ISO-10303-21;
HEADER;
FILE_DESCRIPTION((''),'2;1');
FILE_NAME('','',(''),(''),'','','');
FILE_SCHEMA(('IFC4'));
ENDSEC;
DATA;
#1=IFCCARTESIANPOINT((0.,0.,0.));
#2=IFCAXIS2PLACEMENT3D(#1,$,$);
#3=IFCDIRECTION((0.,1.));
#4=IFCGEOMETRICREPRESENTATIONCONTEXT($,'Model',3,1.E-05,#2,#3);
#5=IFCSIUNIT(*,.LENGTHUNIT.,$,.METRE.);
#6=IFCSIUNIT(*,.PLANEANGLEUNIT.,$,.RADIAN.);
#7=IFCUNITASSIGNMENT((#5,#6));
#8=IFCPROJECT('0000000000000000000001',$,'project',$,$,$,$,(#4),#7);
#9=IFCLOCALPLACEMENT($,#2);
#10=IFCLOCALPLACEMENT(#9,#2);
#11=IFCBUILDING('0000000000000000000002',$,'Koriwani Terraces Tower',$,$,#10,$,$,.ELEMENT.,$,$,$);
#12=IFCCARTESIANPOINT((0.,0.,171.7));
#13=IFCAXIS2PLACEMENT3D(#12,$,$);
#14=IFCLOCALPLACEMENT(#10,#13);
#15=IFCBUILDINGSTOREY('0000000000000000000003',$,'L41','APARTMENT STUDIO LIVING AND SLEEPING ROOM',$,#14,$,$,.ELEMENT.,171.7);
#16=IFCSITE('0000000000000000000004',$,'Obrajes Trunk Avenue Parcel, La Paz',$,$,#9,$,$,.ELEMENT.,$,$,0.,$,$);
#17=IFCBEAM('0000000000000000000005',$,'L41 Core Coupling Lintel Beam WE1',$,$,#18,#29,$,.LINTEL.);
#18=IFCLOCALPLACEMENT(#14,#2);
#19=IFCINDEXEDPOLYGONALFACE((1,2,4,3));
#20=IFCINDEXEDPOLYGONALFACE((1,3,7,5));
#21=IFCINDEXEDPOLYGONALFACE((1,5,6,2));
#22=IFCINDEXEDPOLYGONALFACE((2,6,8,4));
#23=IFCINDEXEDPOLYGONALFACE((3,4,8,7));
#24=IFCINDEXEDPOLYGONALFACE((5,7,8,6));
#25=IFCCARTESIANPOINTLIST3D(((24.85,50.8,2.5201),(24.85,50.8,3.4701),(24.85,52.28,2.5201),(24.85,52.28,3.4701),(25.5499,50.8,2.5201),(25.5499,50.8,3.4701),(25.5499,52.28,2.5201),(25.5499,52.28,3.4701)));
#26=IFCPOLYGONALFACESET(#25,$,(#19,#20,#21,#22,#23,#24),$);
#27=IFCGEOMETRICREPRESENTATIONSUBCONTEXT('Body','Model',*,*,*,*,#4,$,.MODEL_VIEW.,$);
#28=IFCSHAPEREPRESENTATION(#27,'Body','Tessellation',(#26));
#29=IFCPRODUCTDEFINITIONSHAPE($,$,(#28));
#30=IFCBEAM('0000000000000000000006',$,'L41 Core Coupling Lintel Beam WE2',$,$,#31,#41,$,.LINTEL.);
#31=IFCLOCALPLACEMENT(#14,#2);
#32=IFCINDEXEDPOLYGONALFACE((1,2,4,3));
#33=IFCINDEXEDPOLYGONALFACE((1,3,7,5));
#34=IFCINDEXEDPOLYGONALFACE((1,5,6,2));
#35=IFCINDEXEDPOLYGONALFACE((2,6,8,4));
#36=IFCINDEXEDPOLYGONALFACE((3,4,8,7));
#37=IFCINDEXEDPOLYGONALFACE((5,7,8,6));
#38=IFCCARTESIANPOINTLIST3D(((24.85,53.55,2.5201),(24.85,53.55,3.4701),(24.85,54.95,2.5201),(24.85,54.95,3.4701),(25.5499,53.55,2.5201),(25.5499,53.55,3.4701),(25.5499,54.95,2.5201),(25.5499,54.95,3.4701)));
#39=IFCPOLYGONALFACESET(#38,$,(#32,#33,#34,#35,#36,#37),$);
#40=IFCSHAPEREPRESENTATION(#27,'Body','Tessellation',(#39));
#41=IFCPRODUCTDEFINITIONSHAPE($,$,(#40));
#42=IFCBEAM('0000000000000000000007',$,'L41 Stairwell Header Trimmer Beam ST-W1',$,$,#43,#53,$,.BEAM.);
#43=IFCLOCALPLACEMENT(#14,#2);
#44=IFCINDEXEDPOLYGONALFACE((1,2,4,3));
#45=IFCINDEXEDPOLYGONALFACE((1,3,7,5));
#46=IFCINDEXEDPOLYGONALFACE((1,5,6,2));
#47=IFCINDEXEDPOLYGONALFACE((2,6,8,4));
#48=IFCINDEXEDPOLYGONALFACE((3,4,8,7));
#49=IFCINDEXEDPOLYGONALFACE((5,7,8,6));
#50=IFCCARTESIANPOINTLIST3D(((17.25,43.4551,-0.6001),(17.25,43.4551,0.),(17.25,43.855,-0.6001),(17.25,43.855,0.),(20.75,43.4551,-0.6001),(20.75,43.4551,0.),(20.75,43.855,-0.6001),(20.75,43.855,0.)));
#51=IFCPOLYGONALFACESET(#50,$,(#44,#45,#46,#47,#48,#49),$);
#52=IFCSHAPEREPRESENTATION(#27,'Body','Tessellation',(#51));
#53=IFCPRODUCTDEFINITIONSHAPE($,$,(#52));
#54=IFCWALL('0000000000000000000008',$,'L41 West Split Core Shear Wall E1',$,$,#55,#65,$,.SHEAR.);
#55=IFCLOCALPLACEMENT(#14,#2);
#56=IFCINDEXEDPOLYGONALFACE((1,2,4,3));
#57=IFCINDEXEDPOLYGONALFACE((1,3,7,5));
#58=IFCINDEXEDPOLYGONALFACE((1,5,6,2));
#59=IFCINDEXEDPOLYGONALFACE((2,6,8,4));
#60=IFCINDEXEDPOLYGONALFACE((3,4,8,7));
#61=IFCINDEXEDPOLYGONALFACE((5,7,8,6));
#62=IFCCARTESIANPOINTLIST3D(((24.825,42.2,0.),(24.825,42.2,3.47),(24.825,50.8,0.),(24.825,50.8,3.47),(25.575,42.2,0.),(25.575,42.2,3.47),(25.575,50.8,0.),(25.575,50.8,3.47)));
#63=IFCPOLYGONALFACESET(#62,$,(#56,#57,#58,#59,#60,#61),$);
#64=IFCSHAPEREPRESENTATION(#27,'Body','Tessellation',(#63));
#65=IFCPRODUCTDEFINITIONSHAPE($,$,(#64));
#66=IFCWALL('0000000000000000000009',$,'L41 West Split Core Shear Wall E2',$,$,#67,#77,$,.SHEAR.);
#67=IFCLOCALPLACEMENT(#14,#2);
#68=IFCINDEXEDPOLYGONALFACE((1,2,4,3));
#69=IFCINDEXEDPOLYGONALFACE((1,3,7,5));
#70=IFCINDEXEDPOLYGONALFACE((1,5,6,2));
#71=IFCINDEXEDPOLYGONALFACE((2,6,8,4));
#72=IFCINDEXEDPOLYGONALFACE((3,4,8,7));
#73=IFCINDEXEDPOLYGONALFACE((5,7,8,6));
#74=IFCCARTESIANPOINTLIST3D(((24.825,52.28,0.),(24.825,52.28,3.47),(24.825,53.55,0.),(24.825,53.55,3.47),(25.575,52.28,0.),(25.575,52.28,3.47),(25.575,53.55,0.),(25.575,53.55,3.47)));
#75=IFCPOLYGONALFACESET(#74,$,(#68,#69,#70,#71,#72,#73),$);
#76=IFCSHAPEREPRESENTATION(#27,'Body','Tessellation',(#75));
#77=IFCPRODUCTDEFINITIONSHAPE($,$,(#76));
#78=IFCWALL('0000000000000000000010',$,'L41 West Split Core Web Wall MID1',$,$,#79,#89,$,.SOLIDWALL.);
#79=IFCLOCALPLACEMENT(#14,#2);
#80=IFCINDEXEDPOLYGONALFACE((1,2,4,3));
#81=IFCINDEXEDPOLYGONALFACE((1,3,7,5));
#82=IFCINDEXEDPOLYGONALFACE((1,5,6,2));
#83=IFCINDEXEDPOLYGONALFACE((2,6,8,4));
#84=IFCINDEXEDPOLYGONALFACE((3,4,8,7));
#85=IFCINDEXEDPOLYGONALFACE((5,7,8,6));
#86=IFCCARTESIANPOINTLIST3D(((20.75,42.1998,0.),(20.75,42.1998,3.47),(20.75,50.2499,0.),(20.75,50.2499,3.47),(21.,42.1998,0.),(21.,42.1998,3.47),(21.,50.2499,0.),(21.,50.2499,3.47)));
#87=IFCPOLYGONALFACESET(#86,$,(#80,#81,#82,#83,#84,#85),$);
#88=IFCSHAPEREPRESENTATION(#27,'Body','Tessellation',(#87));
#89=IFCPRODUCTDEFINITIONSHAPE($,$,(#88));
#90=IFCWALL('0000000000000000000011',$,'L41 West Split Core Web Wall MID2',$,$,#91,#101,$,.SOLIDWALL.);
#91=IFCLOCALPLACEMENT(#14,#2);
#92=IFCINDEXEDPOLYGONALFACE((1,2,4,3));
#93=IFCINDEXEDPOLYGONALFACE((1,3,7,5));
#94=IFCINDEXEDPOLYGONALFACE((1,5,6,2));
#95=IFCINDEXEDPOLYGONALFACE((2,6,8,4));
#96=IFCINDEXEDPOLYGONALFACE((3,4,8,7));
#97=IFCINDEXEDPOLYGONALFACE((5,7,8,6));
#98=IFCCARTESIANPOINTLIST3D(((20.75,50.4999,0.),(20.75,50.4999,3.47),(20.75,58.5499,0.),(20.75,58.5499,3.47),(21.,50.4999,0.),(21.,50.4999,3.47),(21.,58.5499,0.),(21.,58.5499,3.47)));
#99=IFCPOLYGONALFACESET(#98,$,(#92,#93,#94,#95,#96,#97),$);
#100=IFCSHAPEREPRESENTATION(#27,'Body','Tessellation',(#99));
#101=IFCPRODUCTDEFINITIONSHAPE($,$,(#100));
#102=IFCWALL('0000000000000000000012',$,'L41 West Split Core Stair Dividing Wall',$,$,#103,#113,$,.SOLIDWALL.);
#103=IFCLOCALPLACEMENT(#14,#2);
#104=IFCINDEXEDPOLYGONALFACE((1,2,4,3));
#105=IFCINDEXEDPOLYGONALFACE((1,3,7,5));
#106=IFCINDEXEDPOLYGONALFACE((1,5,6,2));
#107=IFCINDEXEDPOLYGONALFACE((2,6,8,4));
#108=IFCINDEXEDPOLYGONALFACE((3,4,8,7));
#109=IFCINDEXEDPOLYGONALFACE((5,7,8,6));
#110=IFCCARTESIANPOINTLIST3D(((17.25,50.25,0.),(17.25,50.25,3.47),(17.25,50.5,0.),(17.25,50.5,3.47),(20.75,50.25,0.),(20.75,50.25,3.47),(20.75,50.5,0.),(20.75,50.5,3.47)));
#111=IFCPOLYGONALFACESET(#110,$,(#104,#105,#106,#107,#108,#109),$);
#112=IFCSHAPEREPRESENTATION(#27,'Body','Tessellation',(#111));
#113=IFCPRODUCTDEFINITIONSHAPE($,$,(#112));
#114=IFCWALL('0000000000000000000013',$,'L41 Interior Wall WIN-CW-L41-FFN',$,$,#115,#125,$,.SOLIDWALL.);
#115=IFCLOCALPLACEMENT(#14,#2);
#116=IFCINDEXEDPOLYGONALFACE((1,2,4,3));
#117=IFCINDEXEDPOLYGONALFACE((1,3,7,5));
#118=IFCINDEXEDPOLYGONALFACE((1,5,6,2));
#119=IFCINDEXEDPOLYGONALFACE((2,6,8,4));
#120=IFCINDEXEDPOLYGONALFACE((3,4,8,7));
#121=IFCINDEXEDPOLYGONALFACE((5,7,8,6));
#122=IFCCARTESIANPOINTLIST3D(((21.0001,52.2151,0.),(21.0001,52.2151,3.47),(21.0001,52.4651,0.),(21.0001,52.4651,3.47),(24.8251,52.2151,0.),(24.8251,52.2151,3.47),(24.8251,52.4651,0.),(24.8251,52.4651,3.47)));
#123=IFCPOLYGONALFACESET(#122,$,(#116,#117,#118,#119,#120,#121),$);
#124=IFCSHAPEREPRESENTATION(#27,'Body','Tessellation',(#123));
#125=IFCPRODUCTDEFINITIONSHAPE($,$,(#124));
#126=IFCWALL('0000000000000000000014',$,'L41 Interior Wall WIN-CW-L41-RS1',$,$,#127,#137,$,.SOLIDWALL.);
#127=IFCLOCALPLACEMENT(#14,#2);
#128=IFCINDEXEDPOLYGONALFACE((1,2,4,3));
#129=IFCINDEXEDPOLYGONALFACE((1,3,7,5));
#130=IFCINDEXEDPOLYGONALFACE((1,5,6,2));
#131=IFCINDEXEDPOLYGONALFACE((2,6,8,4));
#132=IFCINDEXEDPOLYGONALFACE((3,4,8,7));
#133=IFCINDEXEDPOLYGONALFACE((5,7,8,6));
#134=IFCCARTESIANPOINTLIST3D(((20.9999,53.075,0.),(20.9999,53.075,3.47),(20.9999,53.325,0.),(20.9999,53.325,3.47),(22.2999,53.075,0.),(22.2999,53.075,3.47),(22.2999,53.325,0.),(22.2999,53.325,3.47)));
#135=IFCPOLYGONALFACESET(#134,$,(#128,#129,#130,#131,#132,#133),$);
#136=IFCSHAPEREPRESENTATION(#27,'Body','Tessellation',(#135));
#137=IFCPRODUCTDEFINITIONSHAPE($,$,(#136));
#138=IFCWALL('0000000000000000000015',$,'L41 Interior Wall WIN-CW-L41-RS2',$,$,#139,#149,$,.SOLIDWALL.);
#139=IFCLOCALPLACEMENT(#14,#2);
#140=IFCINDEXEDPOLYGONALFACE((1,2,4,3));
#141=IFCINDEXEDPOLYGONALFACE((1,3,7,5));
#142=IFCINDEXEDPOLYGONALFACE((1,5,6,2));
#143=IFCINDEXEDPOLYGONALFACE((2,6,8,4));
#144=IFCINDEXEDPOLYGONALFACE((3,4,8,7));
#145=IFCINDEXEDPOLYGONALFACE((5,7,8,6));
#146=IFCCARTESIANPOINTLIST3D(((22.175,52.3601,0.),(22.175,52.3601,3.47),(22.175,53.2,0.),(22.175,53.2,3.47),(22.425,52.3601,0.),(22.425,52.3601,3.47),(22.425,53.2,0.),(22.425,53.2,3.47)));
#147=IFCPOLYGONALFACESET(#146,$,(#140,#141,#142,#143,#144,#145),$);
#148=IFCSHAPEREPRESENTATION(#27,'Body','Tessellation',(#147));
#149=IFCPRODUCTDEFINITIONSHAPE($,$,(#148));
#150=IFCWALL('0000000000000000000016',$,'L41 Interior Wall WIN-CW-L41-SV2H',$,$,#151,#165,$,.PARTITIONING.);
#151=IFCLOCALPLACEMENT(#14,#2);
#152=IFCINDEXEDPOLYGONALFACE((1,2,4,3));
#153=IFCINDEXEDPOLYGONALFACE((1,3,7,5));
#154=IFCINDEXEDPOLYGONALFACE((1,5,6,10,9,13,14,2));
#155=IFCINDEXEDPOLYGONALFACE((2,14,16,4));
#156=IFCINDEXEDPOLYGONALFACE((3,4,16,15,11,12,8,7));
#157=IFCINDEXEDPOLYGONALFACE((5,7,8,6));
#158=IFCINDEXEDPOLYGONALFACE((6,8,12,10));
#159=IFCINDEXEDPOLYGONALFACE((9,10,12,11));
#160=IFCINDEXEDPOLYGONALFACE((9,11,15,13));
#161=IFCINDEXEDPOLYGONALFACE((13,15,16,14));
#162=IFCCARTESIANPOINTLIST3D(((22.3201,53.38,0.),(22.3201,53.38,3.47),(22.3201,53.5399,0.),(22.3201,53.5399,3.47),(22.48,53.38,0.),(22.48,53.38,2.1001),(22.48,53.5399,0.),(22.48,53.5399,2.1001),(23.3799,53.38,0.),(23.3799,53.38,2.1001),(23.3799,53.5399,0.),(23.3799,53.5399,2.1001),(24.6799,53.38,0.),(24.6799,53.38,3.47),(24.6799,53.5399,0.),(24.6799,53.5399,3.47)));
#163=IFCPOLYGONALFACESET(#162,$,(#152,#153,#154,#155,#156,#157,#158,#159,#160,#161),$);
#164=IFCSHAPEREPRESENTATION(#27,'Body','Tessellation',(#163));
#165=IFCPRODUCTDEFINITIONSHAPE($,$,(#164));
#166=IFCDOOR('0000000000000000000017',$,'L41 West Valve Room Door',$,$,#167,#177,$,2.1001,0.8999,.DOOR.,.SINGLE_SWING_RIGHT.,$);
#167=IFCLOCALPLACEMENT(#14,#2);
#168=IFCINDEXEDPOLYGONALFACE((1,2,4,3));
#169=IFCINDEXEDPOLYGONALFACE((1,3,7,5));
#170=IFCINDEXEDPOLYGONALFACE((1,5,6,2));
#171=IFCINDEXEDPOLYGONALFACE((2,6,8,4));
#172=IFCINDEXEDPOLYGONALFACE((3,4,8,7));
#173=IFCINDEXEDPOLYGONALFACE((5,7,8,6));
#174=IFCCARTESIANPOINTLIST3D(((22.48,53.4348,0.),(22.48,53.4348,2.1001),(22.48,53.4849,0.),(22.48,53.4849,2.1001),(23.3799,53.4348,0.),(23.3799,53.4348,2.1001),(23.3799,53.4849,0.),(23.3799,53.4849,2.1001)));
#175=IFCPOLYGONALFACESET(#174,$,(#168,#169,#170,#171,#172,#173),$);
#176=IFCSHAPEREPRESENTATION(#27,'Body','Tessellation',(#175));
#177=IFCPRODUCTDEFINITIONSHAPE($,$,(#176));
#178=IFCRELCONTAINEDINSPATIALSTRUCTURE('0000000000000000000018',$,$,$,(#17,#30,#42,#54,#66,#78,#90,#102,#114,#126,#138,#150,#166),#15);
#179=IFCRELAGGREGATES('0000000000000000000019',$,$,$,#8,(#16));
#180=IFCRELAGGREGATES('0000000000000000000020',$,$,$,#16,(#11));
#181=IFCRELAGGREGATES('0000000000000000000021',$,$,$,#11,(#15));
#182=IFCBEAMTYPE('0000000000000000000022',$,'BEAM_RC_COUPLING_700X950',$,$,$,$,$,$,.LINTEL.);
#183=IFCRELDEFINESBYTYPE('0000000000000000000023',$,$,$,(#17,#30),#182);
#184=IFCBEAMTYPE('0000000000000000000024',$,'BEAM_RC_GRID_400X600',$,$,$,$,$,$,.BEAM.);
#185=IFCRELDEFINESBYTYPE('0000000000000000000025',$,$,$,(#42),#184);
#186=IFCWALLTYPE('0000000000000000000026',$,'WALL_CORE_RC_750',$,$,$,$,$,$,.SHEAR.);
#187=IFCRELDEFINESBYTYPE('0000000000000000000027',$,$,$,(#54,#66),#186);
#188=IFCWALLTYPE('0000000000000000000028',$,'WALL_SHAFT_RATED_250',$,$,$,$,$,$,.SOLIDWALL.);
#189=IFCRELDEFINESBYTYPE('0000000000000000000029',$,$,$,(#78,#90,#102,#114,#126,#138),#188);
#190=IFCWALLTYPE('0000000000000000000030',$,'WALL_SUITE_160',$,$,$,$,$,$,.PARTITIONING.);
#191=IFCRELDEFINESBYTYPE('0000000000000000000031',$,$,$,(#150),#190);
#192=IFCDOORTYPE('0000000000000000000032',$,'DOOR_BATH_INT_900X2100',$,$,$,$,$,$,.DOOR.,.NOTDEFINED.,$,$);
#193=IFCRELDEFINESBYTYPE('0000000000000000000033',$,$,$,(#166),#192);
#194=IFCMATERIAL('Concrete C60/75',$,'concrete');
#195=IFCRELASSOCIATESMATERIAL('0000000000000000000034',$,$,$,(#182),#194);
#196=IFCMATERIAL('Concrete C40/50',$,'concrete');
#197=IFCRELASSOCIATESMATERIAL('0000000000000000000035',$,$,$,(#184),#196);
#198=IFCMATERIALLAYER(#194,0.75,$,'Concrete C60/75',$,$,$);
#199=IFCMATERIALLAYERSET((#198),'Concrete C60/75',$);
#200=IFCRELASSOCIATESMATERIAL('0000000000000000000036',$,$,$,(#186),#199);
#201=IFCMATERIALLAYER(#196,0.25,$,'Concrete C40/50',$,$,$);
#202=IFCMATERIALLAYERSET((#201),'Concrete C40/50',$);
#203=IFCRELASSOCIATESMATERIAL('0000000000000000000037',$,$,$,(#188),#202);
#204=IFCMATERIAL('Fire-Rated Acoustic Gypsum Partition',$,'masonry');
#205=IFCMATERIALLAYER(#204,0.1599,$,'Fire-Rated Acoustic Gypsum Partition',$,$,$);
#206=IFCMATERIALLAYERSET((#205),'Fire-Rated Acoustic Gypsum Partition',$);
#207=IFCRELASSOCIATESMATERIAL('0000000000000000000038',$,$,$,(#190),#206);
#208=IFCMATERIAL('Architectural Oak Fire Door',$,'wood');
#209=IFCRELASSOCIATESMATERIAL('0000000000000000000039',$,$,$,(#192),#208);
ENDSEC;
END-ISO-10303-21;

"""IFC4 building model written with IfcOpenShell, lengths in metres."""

from ifc_helpers import new_model, si_unit, direction, frame, frame_2d, origin, origin_2d, place, context, subcontext, project, spatial, rectangle, extrude, material, layer, layer_set, material_profile, profile_set, type_object, element, fill, save


model = new_model("IFC4")

# Units and contexts
model_context = context("Model", 3, precision=1e-05, world=origin(), true_north=direction((0.0, 1.0)))
body_context = subcontext(model_context, "Body", "Model", "MODEL_VIEW")
ifc_project = project(units=[si_unit("LENGTHUNIT", "METRE"), si_unit("PLANEANGLEUNIT", "RADIAN")], contexts=[model_context])

# Site, building, storey
site_placement = place(None, origin())
site = spatial("IfcSite", under=ifc_project, at=site_placement, Name="Obrajes Trunk Avenue Parcel, La Paz", CompositionType="ELEMENT", RefElevation=0.0)
building_placement = place(site_placement, origin())
building = spatial("IfcBuilding", under=site, at=building_placement, Name="Koriwani Terraces Tower", CompositionType="ELEMENT")
storey_placement = place(building_placement, frame((0.0, 0.0, 171.7)))
storey = spatial("IfcBuildingStorey", under=building, at=storey_placement, Name="L41", Description="APARTMENT STUDIO LIVING AND SLEEPING ROOM", CompositionType="ELEMENT", Elevation=171.7)

# Beams
ifc_material_1 = material(Name="Concrete C60/75", Category="concrete")
ifc_material_profile_1 = material_profile(ifc_material_1, rectangle(XDim=0.7, YDim=0.95, at=origin_2d()), Name="Concrete C60/75", Category="LoadBearing")
ifc_profile_set_1 = profile_set([ifc_material_profile_1], Name="Concrete C60/75")
beam_type_1 = type_object("IfcBeamType", Name="BEAM_RC_COUPLING_700X950", PredefinedType="LINTEL", material=ifc_profile_set_1)
beam_1_placement = place(storey_placement, frame((25.2, 50.8, 2.9951), z_axis=(0.0, 1.0, 0.0), x_axis=(-1.0, 0.0, 0.0)))
element("IfcBeam", 1, at=beam_1_placement, inside=storey, type_object=beam_type_1, Name="L41 Core Coupling Lintel Beam WE1", PredefinedType="LINTEL", context=body_context, shape_type="SweptSolid", body=[
    extrude(rectangle(XDim=0.7, YDim=0.95, at=origin_2d()), origin(), (0.0, 0.0, 1.0), 1.48),
])
beam_2_placement = place(storey_placement, frame((25.2, 53.55, 2.9951), z_axis=(0.0, 1.0, 0.0), x_axis=(-1.0, 0.0, 0.0)))
element("IfcBeam", 2, at=beam_2_placement, inside=storey, type_object=beam_type_1, Name="L41 Core Coupling Lintel Beam WE2", PredefinedType="LINTEL", context=body_context, shape_type="SweptSolid", body=[
    extrude(rectangle(XDim=0.7, YDim=0.95, at=origin_2d()), origin(), (0.0, 0.0, 1.0), 1.3999),
])
ifc_material_2 = material(Name="Concrete C40/50", Category="concrete")
ifc_material_profile_2 = material_profile(ifc_material_2, rectangle(XDim=0.3999, YDim=0.6001, at=origin_2d()), Name="Concrete C40/50", Category="LoadBearing")
ifc_profile_set_2 = profile_set([ifc_material_profile_2], Name="Concrete C40/50")
beam_type_2 = type_object("IfcBeamType", Name="BEAM_RC_GRID_400X600", PredefinedType="BEAM", material=ifc_profile_set_2)
beam_3_placement = place(storey_placement, frame((17.25, 43.655, -0.3), z_axis=(1.0, 0.0, 0.0), x_axis=(0.0, 1.0, 0.0)))
element("IfcBeam", 3, at=beam_3_placement, inside=storey, type_object=beam_type_2, Name="L41 Stairwell Header Trimmer Beam ST-W1", PredefinedType="BEAM", context=body_context, shape_type="SweptSolid", body=[
    extrude(rectangle(XDim=0.3999, YDim=0.6001, at=origin_2d()), origin(), (0.0, 0.0, 1.0), 3.5),
])

# Walls
ifc_layer_1 = layer(ifc_material_1, 0.75, Name="Concrete C60/75")
ifc_layer_set_1 = layer_set([ifc_layer_1], Name="Concrete C60/75")
wall_type_1 = type_object("IfcWallType", Name="WALL_CORE_RC_750", PredefinedType="SHEAR", material=ifc_layer_set_1)
wall_1_placement = place(storey_placement, frame((25.2, 42.2, 0.0), z_axis=(0.0, 0.0, 1.0), x_axis=(0.0, 1.0, 0.0)))
element("IfcWall", 4, at=wall_1_placement, inside=storey, type_object=wall_type_1, Name="L41 West Split Core Shear Wall E1", PredefinedType="SHEAR", context=body_context, shape_type="SweptSolid", body=[
    extrude(rectangle(XDim=8.6001, YDim=0.75, at=frame_2d((4.3, 0.0))), origin(), (0.0, 0.0, 1.0), 3.47),
])
wall_2_placement = place(storey_placement, frame((25.2, 52.28, 0.0), z_axis=(0.0, 0.0, 1.0), x_axis=(0.0, 1.0, 0.0)))
element("IfcWall", 5, at=wall_2_placement, inside=storey, type_object=wall_type_1, Name="L41 West Split Core Shear Wall E2", PredefinedType="SHEAR", context=body_context, shape_type="SweptSolid", body=[
    extrude(rectangle(XDim=1.27, YDim=0.75, at=frame_2d((0.635, 0.0))), origin(), (0.0, 0.0, 1.0), 3.47),
])
ifc_layer_2 = layer(ifc_material_2, 0.25, Name="Concrete C40/50")
ifc_layer_set_2 = layer_set([ifc_layer_2], Name="Concrete C40/50")
wall_type_2 = type_object("IfcWallType", Name="WALL_SHAFT_RATED_250", PredefinedType="SOLIDWALL", material=ifc_layer_set_2)
for number, where, z_axis, x_axis, name in (
    (6, (20.875, 42.2, 0.0), (0.0, 0.0, 1.0), (0.0, 1.0, 0.0), "L41 West Split Core Web Wall MID1"),
    (7, (20.875, 50.5, 0.0), (0.0, 0.0, 1.0), (0.0, 1.0, 0.0), "L41 West Split Core Web Wall MID2"),
):
    element("IfcWall", number, at=place(storey_placement, frame(where, z_axis=z_axis, x_axis=x_axis)), inside=storey, type_object=wall_type_2, Name=name, PredefinedType="SOLIDWALL", context=body_context, shape_type="SweptSolid", body=[
        extrude(rectangle(XDim=8.05, YDim=0.25, at=frame_2d((4.0249, 0.0))), origin(), (0.0, 0.0, 1.0), 3.47),
    ])
wall_3_placement = place(storey_placement, frame((17.25, 50.375, 0.0), z_axis=(0.0, 0.0, 1.0), x_axis=(1.0, 0.0, 0.0)))
element("IfcWall", 8, at=wall_3_placement, inside=storey, type_object=wall_type_2, Name="L41 West Split Core Stair Dividing Wall", PredefinedType="SOLIDWALL", context=body_context, shape_type="SweptSolid", body=[
    extrude(rectangle(XDim=3.5, YDim=0.25, at=frame_2d((1.75, 0.0))), origin(), (0.0, 0.0, 1.0), 3.47),
])

# Walls
wall_4_placement = place(storey_placement, frame((21.0, 52.3401, 0.0), z_axis=(0.0, 0.0, 1.0), x_axis=(1.0, 0.0, 0.0)))
element("IfcWall", 9, at=wall_4_placement, inside=storey, type_object=wall_type_2, Name="L41 Interior Wall WIN-CW-L41-FFN", PredefinedType="SOLIDWALL", context=body_context, shape_type="SweptSolid", body=[
    extrude(rectangle(XDim=3.825, YDim=0.25, at=frame_2d((1.9126, 0.0))), origin(), (0.0, 0.0, 1.0), 3.47),
])
wall_5_placement = place(storey_placement, frame((21.0, 53.2, 0.0), z_axis=(0.0, 0.0, 1.0), x_axis=(1.0, 0.0, 0.0)))
element("IfcWall", 10, at=wall_5_placement, inside=storey, type_object=wall_type_2, Name="L41 Interior Wall WIN-CW-L41-RS1", PredefinedType="SOLIDWALL", context=body_context, shape_type="SweptSolid", body=[
    extrude(rectangle(XDim=1.3, YDim=0.25, at=frame_2d((0.6499, 0.0))), origin(), (0.0, 0.0, 1.0), 3.47),
])
wall_6_placement = place(storey_placement, frame((22.3, 52.3601, 0.0), z_axis=(0.0, 0.0, 1.0), x_axis=(0.0, 1.0, 0.0)))
element("IfcWall", 11, at=wall_6_placement, inside=storey, type_object=wall_type_2, Name="L41 Interior Wall WIN-CW-L41-RS2", PredefinedType="SOLIDWALL", context=body_context, shape_type="SweptSolid", body=[
    extrude(rectangle(XDim=0.8398, YDim=0.25, at=frame_2d((0.4199, 0.0))), origin(), (0.0, 0.0, 1.0), 3.47),
])

# Wall, opening, door
ifc_material_3 = material(Name="Fire-Rated Acoustic Gypsum Partition", Category="masonry")
ifc_layer_3 = layer(ifc_material_3, 0.1599, Name="Fire-Rated Acoustic Gypsum Partition")
ifc_layer_set_3 = layer_set([ifc_layer_3], Name="Fire-Rated Acoustic Gypsum Partition")
wall_type_3 = type_object("IfcWallType", Name="WALL_SUITE_160", PredefinedType="PARTITIONING", material=ifc_layer_set_3)
wall_7_placement = place(storey_placement, frame((22.3201, 53.46, 0.0), z_axis=(0.0, 0.0, 1.0), x_axis=(1.0, 0.0, 0.0)))
wall_7 = element("IfcWall", 12, at=wall_7_placement, inside=storey, type_object=wall_type_3, Name="L41 Interior Wall WIN-CW-L41-SV2H", PredefinedType="PARTITIONING", context=body_context, shape_type="SweptSolid", body=[
    extrude(rectangle(XDim=2.3599, YDim=0.1599, at=frame_2d((1.1799, 0.0))), origin(), (0.0, 0.0, 1.0), 3.47),
])
opening_1_placement = place(wall_7_placement, frame((0.1599, 0.0, 0.0)))
opening_1 = element("IfcOpeningElement", 13, at=opening_1_placement, cuts=wall_7, PredefinedType="OPENING", context=body_context, shape_type="SweptSolid", body=[
    extrude(rectangle(XDim=0.8999, YDim=2.1001, at=frame_2d((0.45, 1.05))), frame((0.0, 0.0898, 0.0), z_axis=(0.0, -1.0, 0.0), x_axis=(1.0, 0.0, 0.0)), (0.0, 0.0, 1.0), 0.1799),
])
ifc_material_4 = material(Name="Architectural Oak Fire Door", Category="wood")
door_type_1 = type_object("IfcDoorType", Name="DOOR_BATH_INT_900X2100", OperationType="NOTDEFINED", PredefinedType="DOOR", material=ifc_material_4)
door_1_placement = place(opening_1_placement, origin())
door_1 = element("IfcDoor", 14, at=door_1_placement, inside=storey, type_object=door_type_1, Name="L41 West Valve Room Door", OperationType="SINGLE_SWING_RIGHT", OverallHeight=2.1001, OverallWidth=0.8999, PredefinedType="DOOR", context=body_context, shape_type="SweptSolid", body=[
    extrude(rectangle(XDim=0.8999, YDim=2.1001, at=frame_2d((0.45, 1.05))), frame((0.0, 0.0249, 0.0), z_axis=(0.0, -1.0, 0.0), x_axis=(1.0, 0.0, 0.0)), (0.0, 0.0, 1.0), 0.05),
])
fill(opening_1, door_1)

save(model, "model.ifc")
